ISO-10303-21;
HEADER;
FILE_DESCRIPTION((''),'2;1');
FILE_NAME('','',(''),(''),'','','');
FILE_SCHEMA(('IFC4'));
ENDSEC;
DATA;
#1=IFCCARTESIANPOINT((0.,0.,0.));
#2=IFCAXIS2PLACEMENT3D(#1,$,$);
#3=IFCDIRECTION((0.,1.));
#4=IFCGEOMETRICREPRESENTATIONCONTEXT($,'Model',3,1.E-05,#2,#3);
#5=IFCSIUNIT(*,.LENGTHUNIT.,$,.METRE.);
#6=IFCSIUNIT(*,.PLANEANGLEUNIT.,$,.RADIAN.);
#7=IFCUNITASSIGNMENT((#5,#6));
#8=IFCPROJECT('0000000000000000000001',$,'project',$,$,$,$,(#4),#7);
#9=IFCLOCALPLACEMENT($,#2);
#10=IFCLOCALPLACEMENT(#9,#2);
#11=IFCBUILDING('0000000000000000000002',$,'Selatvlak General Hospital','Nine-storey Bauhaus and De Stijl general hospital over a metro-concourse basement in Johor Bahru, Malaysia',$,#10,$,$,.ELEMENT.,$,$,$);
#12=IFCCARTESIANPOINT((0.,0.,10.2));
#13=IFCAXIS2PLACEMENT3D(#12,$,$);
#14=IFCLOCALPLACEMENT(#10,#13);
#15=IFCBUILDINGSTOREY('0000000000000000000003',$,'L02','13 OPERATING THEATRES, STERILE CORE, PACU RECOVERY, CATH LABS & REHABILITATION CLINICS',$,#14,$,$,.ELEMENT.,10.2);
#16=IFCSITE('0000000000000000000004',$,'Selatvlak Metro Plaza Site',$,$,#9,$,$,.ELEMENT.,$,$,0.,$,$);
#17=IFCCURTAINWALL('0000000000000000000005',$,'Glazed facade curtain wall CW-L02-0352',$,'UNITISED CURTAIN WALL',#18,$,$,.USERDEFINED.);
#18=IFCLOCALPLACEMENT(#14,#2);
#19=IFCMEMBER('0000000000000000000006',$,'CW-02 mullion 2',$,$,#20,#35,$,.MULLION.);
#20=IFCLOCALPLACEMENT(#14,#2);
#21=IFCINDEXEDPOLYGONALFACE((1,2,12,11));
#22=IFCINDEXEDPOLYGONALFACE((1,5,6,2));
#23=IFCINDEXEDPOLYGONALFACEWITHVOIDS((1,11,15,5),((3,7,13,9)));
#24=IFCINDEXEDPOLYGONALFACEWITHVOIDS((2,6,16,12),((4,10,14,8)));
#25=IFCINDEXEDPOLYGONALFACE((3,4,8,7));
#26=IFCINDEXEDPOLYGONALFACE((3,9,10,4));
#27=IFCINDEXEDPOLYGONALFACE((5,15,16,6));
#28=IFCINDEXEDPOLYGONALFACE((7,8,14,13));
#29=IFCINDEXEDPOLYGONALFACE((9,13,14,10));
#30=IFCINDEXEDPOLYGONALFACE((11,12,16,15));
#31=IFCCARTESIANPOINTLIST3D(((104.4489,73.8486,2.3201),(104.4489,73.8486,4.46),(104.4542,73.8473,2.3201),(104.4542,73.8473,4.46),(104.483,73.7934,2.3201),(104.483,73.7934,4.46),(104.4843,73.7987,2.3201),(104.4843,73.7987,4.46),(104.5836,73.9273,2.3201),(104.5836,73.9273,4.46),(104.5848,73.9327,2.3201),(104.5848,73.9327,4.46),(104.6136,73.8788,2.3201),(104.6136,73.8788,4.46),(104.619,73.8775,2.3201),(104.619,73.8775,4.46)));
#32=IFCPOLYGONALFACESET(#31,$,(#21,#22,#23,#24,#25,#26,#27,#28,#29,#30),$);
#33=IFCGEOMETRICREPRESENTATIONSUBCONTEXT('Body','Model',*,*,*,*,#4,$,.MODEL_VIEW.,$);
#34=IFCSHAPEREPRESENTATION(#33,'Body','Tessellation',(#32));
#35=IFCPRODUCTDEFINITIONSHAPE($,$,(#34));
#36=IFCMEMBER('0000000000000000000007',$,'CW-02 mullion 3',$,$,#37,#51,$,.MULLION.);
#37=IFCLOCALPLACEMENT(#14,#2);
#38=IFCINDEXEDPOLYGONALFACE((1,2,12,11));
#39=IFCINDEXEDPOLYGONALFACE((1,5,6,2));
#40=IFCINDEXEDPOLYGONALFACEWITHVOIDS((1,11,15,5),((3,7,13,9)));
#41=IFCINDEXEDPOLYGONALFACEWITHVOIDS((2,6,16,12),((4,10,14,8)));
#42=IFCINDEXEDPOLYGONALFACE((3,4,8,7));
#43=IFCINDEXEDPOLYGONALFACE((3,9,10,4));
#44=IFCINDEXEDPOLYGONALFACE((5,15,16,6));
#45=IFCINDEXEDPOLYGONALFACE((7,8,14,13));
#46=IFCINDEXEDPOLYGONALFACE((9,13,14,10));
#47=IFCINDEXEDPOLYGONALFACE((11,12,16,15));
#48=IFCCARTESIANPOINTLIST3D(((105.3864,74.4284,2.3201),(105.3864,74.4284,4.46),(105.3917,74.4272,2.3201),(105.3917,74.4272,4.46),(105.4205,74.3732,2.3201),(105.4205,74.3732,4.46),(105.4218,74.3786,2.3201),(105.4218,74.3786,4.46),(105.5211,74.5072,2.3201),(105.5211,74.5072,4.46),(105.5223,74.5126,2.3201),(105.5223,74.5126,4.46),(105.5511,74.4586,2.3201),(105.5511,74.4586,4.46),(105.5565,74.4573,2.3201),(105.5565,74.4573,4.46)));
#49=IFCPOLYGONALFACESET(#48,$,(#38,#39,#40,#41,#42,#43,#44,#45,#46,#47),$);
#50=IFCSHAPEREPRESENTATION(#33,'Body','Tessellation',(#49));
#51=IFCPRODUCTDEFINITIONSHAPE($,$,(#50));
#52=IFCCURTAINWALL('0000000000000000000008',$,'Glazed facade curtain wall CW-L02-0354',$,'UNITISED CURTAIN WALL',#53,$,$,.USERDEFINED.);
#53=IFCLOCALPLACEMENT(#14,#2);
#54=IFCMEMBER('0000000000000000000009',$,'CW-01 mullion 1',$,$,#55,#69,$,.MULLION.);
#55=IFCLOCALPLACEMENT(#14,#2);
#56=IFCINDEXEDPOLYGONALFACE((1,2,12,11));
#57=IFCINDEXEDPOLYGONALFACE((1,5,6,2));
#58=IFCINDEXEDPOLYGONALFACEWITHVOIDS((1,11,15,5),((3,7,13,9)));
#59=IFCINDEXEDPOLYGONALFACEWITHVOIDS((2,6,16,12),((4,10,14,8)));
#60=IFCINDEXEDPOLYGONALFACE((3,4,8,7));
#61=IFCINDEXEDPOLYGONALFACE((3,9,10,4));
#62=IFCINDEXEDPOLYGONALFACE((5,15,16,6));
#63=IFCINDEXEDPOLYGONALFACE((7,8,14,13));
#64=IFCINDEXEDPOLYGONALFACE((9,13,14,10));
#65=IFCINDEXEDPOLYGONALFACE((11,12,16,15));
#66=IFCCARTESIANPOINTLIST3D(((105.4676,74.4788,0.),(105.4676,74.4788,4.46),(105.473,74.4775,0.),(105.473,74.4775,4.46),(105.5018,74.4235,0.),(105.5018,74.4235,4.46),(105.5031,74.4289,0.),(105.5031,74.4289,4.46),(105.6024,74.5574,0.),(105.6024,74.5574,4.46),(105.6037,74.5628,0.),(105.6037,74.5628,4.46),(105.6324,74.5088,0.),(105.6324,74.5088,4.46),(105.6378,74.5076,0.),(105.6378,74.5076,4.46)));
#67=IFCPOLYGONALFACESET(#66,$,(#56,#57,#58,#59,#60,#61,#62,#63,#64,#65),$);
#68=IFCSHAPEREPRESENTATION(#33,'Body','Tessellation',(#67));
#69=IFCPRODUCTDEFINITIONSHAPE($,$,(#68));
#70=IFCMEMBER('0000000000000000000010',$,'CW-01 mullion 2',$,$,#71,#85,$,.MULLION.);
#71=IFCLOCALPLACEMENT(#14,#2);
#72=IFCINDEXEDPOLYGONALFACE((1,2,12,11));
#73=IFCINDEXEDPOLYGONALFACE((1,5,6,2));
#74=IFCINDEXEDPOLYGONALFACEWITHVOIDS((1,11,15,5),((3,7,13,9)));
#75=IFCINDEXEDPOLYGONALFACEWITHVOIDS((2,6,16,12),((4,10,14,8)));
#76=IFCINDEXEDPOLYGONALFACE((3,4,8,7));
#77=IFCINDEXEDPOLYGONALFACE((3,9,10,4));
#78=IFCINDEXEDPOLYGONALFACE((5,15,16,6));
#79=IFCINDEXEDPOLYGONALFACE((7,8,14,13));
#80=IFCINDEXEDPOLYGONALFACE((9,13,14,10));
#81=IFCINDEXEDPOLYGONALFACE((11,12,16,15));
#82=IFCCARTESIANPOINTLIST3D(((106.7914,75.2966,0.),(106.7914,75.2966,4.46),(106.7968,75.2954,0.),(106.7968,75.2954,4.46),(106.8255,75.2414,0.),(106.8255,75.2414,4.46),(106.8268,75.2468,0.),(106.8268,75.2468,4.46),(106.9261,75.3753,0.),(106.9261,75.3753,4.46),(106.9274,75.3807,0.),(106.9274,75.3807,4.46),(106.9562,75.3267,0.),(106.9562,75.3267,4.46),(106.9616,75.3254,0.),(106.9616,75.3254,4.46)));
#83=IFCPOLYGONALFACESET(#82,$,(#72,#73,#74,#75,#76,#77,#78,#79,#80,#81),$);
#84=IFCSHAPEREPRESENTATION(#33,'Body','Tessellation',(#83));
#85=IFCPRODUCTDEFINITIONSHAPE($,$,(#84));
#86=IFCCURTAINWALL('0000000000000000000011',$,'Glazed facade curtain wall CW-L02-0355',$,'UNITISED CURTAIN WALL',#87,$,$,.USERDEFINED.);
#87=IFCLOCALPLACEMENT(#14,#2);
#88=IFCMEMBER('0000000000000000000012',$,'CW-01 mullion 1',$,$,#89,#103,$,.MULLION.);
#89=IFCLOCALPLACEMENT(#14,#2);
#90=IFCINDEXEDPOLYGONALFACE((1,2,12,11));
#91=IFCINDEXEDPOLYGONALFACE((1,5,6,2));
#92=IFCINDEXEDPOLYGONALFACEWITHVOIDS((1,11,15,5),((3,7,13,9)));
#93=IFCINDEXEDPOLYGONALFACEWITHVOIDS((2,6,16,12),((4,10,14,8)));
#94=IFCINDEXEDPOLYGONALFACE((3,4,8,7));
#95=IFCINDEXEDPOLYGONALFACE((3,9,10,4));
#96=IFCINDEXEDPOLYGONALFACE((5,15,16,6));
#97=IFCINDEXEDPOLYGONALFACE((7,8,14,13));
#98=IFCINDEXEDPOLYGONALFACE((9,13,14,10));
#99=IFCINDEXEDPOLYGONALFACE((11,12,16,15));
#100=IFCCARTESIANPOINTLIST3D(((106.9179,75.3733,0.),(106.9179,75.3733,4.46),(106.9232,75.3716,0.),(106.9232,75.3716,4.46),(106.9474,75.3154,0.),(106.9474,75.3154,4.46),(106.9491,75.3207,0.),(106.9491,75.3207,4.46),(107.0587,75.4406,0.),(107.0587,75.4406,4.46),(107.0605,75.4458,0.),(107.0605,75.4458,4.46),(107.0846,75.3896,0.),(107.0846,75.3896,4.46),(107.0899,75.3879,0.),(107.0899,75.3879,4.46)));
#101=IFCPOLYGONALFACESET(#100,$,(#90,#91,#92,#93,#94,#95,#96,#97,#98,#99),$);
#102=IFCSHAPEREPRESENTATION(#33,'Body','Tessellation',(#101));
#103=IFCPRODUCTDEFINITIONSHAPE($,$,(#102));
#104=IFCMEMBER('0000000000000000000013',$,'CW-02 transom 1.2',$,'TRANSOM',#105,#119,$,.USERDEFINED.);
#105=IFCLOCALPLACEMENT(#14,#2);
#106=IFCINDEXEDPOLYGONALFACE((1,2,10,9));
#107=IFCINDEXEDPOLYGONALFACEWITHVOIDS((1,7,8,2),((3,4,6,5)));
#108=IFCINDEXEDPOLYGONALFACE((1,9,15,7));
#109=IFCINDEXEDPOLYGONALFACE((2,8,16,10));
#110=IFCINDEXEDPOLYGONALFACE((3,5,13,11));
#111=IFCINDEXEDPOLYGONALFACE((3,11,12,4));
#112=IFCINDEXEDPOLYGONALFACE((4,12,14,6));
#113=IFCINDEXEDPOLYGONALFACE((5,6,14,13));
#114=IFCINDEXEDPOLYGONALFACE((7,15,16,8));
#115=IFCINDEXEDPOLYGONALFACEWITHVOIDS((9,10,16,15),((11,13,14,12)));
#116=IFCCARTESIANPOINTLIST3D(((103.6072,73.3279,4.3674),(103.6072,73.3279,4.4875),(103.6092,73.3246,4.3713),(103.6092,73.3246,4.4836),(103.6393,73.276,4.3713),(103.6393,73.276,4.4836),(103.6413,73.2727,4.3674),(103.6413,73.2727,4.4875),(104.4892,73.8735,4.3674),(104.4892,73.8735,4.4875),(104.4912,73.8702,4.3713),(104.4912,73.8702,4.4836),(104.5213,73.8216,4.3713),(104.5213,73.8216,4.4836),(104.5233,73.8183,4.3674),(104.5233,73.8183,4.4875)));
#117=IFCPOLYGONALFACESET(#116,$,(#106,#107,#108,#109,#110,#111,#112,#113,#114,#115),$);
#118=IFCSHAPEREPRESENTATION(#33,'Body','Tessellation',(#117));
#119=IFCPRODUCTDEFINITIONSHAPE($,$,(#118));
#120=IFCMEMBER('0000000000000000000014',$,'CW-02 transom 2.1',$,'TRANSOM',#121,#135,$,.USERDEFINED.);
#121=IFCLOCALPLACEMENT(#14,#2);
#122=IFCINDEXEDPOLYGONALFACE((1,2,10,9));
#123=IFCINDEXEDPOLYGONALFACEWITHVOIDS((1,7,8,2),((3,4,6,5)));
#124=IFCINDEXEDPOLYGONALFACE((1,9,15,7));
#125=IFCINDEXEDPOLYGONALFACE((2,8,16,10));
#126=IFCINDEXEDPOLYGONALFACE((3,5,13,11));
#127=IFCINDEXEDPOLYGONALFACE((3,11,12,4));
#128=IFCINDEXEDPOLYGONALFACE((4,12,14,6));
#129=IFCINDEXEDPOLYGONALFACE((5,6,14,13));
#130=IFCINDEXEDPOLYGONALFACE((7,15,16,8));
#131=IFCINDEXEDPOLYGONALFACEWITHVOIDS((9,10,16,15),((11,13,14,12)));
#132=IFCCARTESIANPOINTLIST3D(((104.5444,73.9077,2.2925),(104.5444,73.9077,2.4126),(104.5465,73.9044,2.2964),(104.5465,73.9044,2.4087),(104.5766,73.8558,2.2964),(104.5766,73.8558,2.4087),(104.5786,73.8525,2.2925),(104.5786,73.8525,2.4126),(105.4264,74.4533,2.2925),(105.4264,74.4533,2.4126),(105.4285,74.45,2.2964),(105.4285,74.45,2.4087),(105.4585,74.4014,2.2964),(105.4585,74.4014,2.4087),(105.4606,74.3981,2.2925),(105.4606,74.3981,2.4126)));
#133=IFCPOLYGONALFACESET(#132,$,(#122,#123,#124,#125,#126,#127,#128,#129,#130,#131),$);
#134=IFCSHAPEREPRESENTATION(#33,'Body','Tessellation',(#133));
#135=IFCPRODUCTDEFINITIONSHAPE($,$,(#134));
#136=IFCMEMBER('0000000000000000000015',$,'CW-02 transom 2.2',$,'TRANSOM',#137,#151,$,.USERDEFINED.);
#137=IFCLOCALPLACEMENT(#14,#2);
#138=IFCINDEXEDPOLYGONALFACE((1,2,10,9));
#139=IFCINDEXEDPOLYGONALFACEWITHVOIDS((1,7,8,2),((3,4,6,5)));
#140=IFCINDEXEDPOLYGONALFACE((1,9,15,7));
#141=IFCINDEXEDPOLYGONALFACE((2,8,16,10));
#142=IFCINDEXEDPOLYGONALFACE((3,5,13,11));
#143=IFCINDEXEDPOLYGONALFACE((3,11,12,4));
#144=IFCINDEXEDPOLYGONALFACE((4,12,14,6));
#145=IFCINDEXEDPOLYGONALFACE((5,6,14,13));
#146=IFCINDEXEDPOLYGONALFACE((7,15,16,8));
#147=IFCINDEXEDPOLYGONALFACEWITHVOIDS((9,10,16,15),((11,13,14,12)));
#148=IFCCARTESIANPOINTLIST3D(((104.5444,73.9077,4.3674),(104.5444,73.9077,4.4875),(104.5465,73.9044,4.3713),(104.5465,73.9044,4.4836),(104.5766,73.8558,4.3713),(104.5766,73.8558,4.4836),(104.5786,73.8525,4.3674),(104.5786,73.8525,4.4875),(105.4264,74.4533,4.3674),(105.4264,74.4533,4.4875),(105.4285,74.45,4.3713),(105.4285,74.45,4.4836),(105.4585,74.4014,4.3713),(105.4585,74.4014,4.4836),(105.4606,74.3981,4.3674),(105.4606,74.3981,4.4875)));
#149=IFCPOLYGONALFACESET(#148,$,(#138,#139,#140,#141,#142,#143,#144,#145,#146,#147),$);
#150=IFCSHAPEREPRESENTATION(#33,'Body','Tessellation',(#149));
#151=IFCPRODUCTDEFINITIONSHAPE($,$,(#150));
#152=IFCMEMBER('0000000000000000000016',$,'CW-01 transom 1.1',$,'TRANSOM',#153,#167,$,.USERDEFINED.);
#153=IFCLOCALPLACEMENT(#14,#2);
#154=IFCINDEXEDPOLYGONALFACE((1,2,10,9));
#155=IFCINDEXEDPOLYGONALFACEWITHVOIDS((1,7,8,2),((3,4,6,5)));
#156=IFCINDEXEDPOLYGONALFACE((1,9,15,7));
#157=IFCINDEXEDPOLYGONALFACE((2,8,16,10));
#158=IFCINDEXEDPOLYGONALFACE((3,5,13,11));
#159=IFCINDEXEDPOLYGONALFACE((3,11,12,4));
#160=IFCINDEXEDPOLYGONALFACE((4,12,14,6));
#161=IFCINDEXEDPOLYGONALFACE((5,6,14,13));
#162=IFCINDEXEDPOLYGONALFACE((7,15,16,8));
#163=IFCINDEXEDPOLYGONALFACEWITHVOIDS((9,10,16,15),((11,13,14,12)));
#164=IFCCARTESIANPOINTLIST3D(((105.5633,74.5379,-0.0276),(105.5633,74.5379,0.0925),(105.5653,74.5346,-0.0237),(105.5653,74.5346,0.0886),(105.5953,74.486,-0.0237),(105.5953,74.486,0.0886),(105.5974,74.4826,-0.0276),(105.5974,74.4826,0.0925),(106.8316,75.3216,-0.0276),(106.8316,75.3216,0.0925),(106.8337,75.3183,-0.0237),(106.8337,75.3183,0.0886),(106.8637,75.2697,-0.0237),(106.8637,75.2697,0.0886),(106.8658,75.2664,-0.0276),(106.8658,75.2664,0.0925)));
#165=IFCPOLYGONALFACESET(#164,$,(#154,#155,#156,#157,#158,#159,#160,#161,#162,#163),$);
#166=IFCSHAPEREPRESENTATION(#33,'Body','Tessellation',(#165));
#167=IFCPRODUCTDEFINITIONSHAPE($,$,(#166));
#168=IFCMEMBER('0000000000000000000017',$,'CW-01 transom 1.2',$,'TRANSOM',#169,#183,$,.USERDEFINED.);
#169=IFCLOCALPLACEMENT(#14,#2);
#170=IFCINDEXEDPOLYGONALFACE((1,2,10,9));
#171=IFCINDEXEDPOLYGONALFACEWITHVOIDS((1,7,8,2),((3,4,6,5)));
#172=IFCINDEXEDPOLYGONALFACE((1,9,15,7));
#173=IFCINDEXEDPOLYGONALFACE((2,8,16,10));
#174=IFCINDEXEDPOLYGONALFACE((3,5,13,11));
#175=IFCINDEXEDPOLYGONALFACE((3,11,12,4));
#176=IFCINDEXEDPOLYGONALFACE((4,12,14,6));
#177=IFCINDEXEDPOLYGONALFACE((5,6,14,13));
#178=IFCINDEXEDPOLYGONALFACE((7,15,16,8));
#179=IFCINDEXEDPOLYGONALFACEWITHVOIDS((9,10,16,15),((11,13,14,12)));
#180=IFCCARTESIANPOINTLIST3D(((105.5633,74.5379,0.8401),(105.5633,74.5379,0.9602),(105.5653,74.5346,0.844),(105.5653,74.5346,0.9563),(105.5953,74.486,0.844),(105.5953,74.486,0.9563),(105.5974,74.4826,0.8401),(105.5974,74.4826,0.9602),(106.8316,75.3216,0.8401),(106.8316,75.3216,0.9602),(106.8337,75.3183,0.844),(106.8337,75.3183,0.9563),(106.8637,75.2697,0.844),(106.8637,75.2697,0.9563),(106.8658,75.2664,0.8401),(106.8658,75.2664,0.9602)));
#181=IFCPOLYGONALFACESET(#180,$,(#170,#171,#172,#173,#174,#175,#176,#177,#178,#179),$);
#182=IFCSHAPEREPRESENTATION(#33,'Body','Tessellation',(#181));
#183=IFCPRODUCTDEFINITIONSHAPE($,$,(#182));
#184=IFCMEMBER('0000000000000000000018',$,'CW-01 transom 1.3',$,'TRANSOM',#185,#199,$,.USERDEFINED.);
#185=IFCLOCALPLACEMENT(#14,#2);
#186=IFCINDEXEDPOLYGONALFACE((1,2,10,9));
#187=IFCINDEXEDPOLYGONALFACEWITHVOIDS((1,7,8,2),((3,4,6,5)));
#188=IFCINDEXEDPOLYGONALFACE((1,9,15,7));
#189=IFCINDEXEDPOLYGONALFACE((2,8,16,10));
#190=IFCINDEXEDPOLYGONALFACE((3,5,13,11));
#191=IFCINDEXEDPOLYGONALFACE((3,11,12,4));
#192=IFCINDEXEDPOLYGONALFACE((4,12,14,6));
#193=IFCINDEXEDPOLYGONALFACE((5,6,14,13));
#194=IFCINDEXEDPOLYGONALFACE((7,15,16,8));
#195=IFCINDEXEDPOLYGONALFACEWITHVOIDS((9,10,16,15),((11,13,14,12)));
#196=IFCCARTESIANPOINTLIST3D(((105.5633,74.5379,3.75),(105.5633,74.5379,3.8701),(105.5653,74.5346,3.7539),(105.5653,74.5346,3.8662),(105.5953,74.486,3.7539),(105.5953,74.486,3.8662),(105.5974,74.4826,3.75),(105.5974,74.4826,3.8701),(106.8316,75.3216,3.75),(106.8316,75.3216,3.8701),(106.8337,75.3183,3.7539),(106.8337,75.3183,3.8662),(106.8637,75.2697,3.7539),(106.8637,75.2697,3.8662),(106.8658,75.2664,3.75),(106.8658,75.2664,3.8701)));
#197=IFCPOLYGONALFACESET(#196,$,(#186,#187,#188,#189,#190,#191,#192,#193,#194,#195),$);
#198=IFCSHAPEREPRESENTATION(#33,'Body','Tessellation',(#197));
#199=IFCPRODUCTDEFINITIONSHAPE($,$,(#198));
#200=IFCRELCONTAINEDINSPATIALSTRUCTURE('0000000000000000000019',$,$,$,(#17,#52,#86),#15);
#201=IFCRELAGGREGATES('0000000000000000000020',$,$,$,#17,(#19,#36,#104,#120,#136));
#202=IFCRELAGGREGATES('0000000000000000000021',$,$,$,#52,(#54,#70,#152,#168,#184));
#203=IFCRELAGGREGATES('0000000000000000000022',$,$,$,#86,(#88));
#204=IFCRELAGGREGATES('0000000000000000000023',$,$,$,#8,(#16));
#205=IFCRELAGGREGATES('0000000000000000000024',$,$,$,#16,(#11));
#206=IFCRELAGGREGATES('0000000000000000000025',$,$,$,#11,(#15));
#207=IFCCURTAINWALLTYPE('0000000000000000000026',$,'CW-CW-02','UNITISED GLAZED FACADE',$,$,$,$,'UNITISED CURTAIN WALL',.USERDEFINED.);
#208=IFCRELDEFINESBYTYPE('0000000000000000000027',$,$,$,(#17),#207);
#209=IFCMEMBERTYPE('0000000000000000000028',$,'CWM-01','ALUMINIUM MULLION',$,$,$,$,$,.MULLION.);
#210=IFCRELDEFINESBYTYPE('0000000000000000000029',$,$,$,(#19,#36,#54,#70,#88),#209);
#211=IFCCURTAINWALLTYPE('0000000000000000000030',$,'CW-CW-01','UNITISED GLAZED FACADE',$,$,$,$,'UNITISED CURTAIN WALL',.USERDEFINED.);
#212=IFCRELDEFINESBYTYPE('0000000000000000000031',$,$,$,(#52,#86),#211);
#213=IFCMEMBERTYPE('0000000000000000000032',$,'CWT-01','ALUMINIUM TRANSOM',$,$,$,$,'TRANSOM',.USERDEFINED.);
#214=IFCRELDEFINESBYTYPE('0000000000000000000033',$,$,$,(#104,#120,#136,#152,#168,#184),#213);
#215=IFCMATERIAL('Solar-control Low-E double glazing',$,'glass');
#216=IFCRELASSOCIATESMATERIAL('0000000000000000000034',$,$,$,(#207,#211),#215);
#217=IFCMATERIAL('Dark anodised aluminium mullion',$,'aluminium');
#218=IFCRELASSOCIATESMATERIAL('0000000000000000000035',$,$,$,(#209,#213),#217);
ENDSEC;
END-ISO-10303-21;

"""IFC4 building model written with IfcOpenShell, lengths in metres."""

from ifc_helpers import new_model, si_unit, direction, frame, origin, origin_2d, place, context, subcontext, project, spatial, hollow_rectangle, extrude, material, material_profile, profile_set, type_object, element, aggregate, save


model = new_model("IFC4")

# Units and contexts
model_context = context("Model", 3, precision=1e-05, world=origin(), true_north=direction((0.0, 1.0)))
body_context = subcontext(model_context, "Body", "Model", "MODEL_VIEW")
ifc_project = project(units=[si_unit("LENGTHUNIT", "METRE"), si_unit("PLANEANGLEUNIT", "RADIAN")], contexts=[model_context])

# Site, building, storey
site_placement = place(None, origin())
site = spatial("IfcSite", under=ifc_project, at=site_placement, Name="Selatvlak Metro Plaza Site", CompositionType="ELEMENT", RefElevation=0.0)
building_placement = place(site_placement, origin())
building = spatial("IfcBuilding", under=site, at=building_placement, Name="Selatvlak General Hospital", Description="Nine-storey Bauhaus and De Stijl general hospital over a metro-concourse basement in Johor Bahru, Malaysia", CompositionType="ELEMENT")
storey_placement = place(building_placement, frame((0.0, 0.0, 10.2)))
storey = spatial("IfcBuildingStorey", under=building, at=storey_placement, Name="L02", Description="13 OPERATING THEATRES, STERILE CORE, PACU RECOVERY, CATH LABS & REHABILITATION CLINICS", CompositionType="ELEMENT", Elevation=10.2)

# Curtain walls, members
ifc_material_1 = material(Name="Solar-control Low-E double glazing", Category="glass")
curtain_wall_type_1 = type_object("IfcCurtainWallType", Name="CW-CW-02", Description="UNITISED GLAZED FACADE", ElementType="UNITISED CURTAIN WALL", PredefinedType="USERDEFINED", material=ifc_material_1)
curtain_wall_1_placement = place(storey_placement, origin())
curtain_wall_1 = element("IfcCurtainWall", 1, at=curtain_wall_1_placement, inside=storey, type_object=curtain_wall_type_1, Name="Glazed facade curtain wall CW-L02-0352", ObjectType="UNITISED CURTAIN WALL", PredefinedType="USERDEFINED")
ifc_material_2 = material(Name="Dark anodised aluminium mullion", Category="aluminium")
ifc_material_profile_1 = material_profile(ifc_material_2, hollow_rectangle(XDim=0.0649, YDim=0.1599, WallThickness=0.0039, at=origin_2d()), Name="AL-MUL 65x160x4")
ifc_profile_set_1 = profile_set([ifc_material_profile_1], Name="Dark anodised aluminium mullion")
member_type_1 = type_object("IfcMemberType", Name="CWM-01", Description="ALUMINIUM MULLION", PredefinedType="MULLION", material=ifc_profile_set_1)
member_1_placement = place(storey_placement, frame((104.5339, 73.863, 2.3201), z_axis=(0.0, 0.0, 1.0), x_axis=(-0.526112, 0.850415, 0.0)))
member_1 = element("IfcMember", 2, at=member_1_placement, type_object=member_type_1, Name="CW-02 mullion 2", PredefinedType="MULLION", context=body_context, shape_type="SweptSolid", body=[
    extrude(hollow_rectangle(XDim=0.0649, YDim=0.1599, WallThickness=0.0039, at=origin_2d()), origin(), (0.0, 0.0, 1.0), 2.1399),
])
member_2_placement = place(storey_placement, frame((105.4714, 74.4429, 2.3201), z_axis=(0.0, 0.0, 1.0), x_axis=(-0.526112, 0.850415, 0.0)))
member_2 = element("IfcMember", 3, at=member_2_placement, type_object=member_type_1, Name="CW-02 mullion 3", PredefinedType="MULLION", context=body_context, shape_type="SweptSolid", body=[
    extrude(hollow_rectangle(XDim=0.0649, YDim=0.1599, WallThickness=0.0039, at=origin_2d()), origin(), (0.0, 0.0, 1.0), 2.1399),
])
curtain_wall_type_2 = type_object("IfcCurtainWallType", Name="CW-CW-01", Description="UNITISED GLAZED FACADE", ElementType="UNITISED CURTAIN WALL", PredefinedType="USERDEFINED", material=ifc_material_1)
curtain_wall_2_placement = place(storey_placement, origin())
curtain_wall_2 = element("IfcCurtainWall", 4, at=curtain_wall_2_placement, inside=storey, type_object=curtain_wall_type_2, Name="Glazed facade curtain wall CW-L02-0354", ObjectType="UNITISED CURTAIN WALL", PredefinedType="USERDEFINED")
member_3_placement = place(storey_placement, frame((105.5527, 74.4932, 0.0), z_axis=(0.0, 0.0, 1.0), x_axis=(-0.525611, 0.850725, 0.0)))
member_3 = element("IfcMember", 5, at=member_3_placement, type_object=member_type_1, Name="CW-01 mullion 1", PredefinedType="MULLION", context=body_context, shape_type="SweptSolid", body=[
    extrude(hollow_rectangle(XDim=0.0649, YDim=0.1599, WallThickness=0.0039, at=origin_2d()), origin(), (0.0, 0.0, 1.0), 4.46),
])
member_4_placement = place(storey_placement, frame((106.8765, 75.311, 0.0), z_axis=(0.0, 0.0, 1.0), x_axis=(-0.525611, 0.850725, 0.0)))
member_4 = element("IfcMember", 6, at=member_4_placement, type_object=member_type_1, Name="CW-01 mullion 2", PredefinedType="MULLION", context=body_context, shape_type="SweptSolid", body=[
    extrude(hollow_rectangle(XDim=0.0649, YDim=0.1599, WallThickness=0.0039, at=origin_2d()), origin(), (0.0, 0.0, 1.0), 4.46),
])

# Curtain wall, member
curtain_wall_3_placement = place(storey_placement, origin())
curtain_wall_3 = element("IfcCurtainWall", 7, at=curtain_wall_3_placement, inside=storey, type_object=curtain_wall_type_2, Name="Glazed facade curtain wall CW-L02-0355", ObjectType="UNITISED CURTAIN WALL", PredefinedType="USERDEFINED")
member_5_placement = place(storey_placement, frame((107.0039, 75.3806, 0.0), z_axis=(0.0, 0.0, 1.0), x_axis=(-0.453361, 0.891327, 0.0)))
member_5 = element("IfcMember", 8, at=member_5_placement, type_object=member_type_1, Name="CW-01 mullion 1", PredefinedType="MULLION", context=body_context, shape_type="SweptSolid", body=[
    extrude(hollow_rectangle(XDim=0.0649, YDim=0.1599, WallThickness=0.0039, at=origin_2d()), origin(), (0.0, 0.0, 1.0), 4.46),
])

# Members
ifc_material_profile_2 = material_profile(ifc_material_2, hollow_rectangle(XDim=0.0649, YDim=0.1201, WallThickness=0.0039, at=origin_2d()), Name="AL-TRN 65x120x4")
ifc_profile_set_2 = profile_set([ifc_material_profile_2], Name="Dark anodised aluminium mullion")
member_type_2 = type_object("IfcMemberType", Name="CWT-01", Description="ALUMINIUM TRANSOM", ElementType="TRANSOM", PredefinedType="USERDEFINED", material=ifc_profile_set_2)
member_6_placement = place(storey_placement, frame((103.6243, 73.3003, 4.4275), z_axis=(0.850436, 0.526079, 0.0), x_axis=(-0.526079, 0.850436, 0.0)))
member_6 = element("IfcMember", 9, at=member_6_placement, type_object=member_type_2, Name="CW-02 transom 1.2", ObjectType="TRANSOM", PredefinedType="USERDEFINED", context=body_context, shape_type="SweptSolid", body=[
    extrude(hollow_rectangle(XDim=0.0649, YDim=0.1201, WallThickness=0.0039, at=origin_2d()), origin(), (0.0, 0.0, 1.0), 1.0371),
])
member_7_placement = place(storey_placement, frame((104.5615, 73.8801, 2.3525), z_axis=(0.850436, 0.526079, 0.0), x_axis=(-0.526079, 0.850436, 0.0)))
member_7 = element("IfcMember", 10, at=member_7_placement, type_object=member_type_2, Name="CW-02 transom 2.1", ObjectType="TRANSOM", PredefinedType="USERDEFINED", context=body_context, shape_type="SweptSolid", body=[
    extrude(hollow_rectangle(XDim=0.0649, YDim=0.1201, WallThickness=0.0039, at=origin_2d()), origin(), (0.0, 0.0, 1.0), 1.0371),
])
member_8_placement = place(storey_placement, frame((104.5615, 73.8801, 4.4275), z_axis=(0.850436, 0.526079, 0.0), x_axis=(-0.526079, 0.850436, 0.0)))
member_8 = element("IfcMember", 11, at=member_8_placement, type_object=member_type_2, Name="CW-02 transom 2.2", ObjectType="TRANSOM", PredefinedType="USERDEFINED", context=body_context, shape_type="SweptSolid", body=[
    extrude(hollow_rectangle(XDim=0.0649, YDim=0.1201, WallThickness=0.0039, at=origin_2d()), origin(), (0.0, 0.0, 1.0), 1.0371),
])
member_9_placement = place(storey_placement, frame((105.5803, 74.5103, 0.0325), z_axis=(0.850701, 0.52565, 0.0), x_axis=(-0.52565, 0.850701, 0.0)))
member_9 = element("IfcMember", 12, at=member_9_placement, type_object=member_type_2, Name="CW-01 transom 1.1", ObjectType="TRANSOM", PredefinedType="USERDEFINED", context=body_context, shape_type="SweptSolid", body=[
    extrude(hollow_rectangle(XDim=0.0649, YDim=0.1201, WallThickness=0.0039, at=origin_2d()), origin(), (0.0, 0.0, 1.0), 1.491),
])
member_10_placement = place(storey_placement, frame((105.5803, 74.5103, 0.9001), z_axis=(0.850701, 0.52565, 0.0), x_axis=(-0.52565, 0.850701, 0.0)))
member_10 = element("IfcMember", 13, at=member_10_placement, type_object=member_type_2, Name="CW-01 transom 1.2", ObjectType="TRANSOM", PredefinedType="USERDEFINED", context=body_context, shape_type="SweptSolid", body=[
    extrude(hollow_rectangle(XDim=0.0649, YDim=0.1201, WallThickness=0.0039, at=origin_2d()), origin(), (0.0, 0.0, 1.0), 1.491),
])
member_11_placement = place(storey_placement, frame((105.5803, 74.5103, 3.8101), z_axis=(0.850701, 0.52565, 0.0), x_axis=(-0.52565, 0.850701, 0.0)))
member_11 = element("IfcMember", 14, at=member_11_placement, type_object=member_type_2, Name="CW-01 transom 1.3", ObjectType="TRANSOM", PredefinedType="USERDEFINED", context=body_context, shape_type="SweptSolid", body=[
    extrude(hollow_rectangle(XDim=0.0649, YDim=0.1201, WallThickness=0.0039, at=origin_2d()), origin(), (0.0, 0.0, 1.0), 1.491),
])

aggregate(curtain_wall_1, [member_1, member_2, member_6, member_7, member_8])
aggregate(curtain_wall_2, [member_3, member_4, member_9, member_10, member_11])
aggregate(curtain_wall_3, [member_5])

save(model, "model.ifc")
